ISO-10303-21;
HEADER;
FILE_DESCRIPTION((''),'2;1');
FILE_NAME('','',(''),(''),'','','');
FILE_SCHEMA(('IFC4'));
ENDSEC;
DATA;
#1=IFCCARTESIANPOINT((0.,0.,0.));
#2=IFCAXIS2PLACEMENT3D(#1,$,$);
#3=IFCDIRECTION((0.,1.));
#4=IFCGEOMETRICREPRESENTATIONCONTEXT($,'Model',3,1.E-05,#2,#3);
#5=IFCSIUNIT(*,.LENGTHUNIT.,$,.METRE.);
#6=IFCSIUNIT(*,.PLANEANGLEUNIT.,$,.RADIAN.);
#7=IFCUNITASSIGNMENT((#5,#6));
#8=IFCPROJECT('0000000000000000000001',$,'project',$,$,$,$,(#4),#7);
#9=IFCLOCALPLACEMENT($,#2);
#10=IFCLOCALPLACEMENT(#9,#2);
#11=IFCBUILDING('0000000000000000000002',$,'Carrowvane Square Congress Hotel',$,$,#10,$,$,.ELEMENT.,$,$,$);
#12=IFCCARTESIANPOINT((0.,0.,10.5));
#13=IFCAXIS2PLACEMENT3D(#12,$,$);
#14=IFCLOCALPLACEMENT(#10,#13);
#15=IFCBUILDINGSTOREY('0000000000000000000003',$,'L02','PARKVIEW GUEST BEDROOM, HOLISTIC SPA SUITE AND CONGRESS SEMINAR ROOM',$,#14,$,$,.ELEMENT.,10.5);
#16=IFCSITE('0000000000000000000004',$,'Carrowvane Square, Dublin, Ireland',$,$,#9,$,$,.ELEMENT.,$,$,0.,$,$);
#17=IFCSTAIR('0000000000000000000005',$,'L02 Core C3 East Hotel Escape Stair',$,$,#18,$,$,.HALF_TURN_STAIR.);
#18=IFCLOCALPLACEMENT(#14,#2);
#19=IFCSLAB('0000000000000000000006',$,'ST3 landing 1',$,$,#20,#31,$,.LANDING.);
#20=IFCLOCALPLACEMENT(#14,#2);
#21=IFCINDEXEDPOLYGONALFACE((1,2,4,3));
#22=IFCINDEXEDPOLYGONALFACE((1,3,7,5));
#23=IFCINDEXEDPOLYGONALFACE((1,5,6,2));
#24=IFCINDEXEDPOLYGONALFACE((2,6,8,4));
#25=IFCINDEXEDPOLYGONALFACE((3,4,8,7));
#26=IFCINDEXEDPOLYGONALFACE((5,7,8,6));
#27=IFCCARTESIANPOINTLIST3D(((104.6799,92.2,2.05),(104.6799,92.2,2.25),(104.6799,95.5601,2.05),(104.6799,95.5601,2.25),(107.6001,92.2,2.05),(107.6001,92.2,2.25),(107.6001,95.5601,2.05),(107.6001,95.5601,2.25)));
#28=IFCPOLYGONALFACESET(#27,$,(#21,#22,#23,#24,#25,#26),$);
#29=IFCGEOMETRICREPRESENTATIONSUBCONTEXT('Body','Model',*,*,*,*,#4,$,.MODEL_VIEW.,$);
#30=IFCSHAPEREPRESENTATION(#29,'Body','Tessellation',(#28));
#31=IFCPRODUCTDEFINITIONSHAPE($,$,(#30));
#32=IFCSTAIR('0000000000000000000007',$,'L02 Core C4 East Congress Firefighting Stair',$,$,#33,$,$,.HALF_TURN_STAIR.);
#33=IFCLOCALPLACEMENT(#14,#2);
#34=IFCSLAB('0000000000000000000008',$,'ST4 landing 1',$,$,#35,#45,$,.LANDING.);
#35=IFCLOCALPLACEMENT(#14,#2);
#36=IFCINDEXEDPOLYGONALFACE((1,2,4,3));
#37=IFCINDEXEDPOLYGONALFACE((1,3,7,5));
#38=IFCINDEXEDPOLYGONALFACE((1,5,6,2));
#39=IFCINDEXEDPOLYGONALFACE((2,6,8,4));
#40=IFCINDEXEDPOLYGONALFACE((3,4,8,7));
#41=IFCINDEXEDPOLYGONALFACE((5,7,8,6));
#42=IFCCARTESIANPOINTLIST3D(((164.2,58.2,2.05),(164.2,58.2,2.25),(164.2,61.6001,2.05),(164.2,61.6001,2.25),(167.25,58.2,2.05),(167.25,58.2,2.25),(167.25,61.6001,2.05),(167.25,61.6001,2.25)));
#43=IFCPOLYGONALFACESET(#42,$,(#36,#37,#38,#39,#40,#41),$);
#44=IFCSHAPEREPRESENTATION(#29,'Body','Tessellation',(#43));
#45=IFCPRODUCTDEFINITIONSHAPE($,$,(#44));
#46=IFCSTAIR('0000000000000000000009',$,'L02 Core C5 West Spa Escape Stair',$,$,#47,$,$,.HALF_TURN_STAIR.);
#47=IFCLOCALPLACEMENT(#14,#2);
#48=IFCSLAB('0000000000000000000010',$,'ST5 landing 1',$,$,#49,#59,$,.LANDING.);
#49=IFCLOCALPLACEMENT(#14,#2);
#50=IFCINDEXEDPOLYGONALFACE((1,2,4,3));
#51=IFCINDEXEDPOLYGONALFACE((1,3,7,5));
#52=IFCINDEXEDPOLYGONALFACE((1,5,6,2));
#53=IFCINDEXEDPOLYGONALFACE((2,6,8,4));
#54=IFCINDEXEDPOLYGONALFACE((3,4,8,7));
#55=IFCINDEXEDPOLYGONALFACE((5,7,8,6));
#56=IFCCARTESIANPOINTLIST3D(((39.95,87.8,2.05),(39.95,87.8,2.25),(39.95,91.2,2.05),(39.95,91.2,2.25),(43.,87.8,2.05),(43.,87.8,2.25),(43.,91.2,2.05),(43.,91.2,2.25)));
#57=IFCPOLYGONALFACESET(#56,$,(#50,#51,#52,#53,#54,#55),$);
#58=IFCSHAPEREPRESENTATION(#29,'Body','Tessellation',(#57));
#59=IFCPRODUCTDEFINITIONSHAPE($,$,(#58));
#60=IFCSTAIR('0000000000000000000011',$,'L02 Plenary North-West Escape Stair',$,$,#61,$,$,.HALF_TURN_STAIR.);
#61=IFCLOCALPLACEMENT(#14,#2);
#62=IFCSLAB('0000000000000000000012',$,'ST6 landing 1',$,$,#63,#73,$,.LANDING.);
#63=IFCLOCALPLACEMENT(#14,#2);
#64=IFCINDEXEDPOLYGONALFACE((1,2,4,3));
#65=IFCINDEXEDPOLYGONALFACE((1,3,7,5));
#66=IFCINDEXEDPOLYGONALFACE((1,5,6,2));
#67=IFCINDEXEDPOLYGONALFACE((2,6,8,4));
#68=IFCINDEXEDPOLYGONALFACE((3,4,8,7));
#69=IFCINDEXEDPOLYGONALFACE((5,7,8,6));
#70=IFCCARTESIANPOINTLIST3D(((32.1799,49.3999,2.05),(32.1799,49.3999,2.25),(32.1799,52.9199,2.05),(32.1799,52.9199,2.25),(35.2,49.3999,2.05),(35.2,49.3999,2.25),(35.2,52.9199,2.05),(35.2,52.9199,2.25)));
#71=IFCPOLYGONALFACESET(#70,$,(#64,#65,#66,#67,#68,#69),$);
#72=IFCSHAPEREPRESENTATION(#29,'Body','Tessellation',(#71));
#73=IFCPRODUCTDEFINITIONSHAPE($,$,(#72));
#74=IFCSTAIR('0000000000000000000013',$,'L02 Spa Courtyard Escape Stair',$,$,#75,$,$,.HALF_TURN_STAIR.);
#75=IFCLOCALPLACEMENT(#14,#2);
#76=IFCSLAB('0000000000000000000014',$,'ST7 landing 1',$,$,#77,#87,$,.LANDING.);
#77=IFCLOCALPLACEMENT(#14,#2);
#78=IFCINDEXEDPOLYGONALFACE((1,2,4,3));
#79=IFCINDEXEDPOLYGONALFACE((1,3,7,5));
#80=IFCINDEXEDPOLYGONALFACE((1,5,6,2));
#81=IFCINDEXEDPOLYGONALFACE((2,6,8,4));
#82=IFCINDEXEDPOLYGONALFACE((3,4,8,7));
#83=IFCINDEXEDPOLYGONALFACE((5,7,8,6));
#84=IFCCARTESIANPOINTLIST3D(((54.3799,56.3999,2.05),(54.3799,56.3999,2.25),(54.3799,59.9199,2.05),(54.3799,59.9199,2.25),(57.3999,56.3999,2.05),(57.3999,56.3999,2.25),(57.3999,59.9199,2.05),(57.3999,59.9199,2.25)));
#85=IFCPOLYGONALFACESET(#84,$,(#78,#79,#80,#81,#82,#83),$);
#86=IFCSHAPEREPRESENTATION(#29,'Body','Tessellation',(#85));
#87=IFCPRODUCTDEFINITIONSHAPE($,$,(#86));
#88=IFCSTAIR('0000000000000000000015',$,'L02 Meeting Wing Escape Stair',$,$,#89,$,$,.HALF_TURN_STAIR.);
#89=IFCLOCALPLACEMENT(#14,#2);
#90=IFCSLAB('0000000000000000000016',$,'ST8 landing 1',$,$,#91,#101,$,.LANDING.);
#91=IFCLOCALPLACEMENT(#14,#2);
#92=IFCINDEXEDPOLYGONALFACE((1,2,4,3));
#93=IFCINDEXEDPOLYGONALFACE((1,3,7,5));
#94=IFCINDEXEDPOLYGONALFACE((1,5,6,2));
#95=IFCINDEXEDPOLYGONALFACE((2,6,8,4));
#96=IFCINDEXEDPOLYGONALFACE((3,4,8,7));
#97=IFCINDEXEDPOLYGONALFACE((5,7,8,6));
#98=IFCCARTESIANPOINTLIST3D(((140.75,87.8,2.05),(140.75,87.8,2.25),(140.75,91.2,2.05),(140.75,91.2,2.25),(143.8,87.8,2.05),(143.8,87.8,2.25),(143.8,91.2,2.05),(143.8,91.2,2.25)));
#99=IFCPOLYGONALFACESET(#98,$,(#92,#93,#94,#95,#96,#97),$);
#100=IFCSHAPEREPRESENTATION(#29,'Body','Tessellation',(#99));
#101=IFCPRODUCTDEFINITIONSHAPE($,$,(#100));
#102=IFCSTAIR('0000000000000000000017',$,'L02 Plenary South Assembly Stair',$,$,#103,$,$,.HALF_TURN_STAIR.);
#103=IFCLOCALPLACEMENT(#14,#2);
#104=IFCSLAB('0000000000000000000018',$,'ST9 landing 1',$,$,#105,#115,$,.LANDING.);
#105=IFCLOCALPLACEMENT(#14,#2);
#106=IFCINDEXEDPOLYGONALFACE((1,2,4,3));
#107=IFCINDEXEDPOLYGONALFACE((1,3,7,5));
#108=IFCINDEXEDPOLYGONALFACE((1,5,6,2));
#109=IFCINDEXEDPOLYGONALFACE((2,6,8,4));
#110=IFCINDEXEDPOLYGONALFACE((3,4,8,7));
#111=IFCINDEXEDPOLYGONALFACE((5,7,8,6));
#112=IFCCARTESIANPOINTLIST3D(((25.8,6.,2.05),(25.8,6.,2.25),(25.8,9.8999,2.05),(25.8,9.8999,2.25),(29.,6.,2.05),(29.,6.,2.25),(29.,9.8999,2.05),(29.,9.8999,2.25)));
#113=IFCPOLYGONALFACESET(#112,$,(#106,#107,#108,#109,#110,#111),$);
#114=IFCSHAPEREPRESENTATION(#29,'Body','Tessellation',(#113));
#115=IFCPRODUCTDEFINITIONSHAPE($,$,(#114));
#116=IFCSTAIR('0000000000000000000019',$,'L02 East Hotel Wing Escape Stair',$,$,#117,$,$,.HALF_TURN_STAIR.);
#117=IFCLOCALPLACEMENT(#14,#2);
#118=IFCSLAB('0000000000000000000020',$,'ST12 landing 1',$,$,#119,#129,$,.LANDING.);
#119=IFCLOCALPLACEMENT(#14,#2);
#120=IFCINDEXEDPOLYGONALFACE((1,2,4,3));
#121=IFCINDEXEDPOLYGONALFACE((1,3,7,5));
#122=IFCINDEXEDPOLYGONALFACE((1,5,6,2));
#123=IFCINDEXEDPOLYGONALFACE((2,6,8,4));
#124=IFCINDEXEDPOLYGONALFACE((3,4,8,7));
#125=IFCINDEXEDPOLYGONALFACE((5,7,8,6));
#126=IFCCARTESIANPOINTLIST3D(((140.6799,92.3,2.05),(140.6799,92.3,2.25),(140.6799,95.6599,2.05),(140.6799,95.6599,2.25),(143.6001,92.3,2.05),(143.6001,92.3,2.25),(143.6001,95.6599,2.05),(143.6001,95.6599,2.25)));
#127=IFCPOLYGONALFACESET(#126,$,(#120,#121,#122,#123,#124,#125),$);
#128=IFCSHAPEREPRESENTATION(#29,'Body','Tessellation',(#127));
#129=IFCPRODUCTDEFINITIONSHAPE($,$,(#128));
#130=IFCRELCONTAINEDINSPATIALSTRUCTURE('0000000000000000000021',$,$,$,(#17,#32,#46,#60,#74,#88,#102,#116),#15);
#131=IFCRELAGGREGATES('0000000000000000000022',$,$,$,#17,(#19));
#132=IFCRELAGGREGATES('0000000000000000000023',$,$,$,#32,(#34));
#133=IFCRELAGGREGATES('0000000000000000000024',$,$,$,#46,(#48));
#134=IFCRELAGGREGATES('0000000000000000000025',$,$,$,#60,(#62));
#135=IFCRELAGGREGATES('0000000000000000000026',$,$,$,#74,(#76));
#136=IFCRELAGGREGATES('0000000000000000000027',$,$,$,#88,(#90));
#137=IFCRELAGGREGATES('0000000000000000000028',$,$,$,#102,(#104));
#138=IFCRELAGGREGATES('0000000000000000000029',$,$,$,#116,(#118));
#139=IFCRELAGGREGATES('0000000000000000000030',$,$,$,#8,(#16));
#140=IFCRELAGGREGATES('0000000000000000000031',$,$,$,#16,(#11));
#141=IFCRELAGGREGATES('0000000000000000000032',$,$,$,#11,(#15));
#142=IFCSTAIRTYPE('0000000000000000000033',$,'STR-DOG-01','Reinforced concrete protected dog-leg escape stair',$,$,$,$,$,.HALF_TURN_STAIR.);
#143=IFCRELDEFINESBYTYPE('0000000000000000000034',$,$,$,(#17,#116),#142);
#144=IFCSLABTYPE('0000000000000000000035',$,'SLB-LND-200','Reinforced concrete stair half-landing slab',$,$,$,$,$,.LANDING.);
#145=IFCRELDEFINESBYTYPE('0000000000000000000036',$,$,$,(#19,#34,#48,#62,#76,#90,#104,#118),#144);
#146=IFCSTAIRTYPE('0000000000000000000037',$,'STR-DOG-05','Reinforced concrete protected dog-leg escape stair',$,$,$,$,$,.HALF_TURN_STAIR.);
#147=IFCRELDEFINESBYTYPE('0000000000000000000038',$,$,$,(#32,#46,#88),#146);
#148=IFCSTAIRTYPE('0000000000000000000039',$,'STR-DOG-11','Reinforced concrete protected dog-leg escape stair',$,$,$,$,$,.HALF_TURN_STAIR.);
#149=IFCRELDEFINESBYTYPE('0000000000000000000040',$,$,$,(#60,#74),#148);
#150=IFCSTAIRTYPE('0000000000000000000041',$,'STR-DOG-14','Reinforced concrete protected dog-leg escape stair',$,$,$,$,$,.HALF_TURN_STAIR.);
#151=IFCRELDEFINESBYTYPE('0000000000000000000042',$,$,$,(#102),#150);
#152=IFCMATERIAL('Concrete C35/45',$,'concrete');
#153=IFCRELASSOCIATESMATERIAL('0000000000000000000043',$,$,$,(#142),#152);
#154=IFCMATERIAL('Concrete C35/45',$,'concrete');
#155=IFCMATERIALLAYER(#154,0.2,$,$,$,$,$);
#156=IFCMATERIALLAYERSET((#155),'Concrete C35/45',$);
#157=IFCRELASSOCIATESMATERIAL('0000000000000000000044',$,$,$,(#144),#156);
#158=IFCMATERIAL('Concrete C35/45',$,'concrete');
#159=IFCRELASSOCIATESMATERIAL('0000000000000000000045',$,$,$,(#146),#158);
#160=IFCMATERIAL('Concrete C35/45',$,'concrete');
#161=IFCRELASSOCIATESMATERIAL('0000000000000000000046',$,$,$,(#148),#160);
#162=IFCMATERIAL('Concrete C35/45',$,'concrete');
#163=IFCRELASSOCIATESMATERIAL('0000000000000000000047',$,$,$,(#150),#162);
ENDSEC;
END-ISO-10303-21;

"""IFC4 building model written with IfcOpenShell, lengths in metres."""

from ifc_helpers import new_model, si_unit, direction, frame, origin, place, context, subcontext, project, spatial, polyline, outline, extrude, material, layer, layer_set, type_object, element, aggregate, save


model = new_model("IFC4")

# Units and contexts
model_context = context("Model", 3, precision=1e-05, world=origin(), true_north=direction((0.0, 1.0)))
body_context = subcontext(model_context, "Body", "Model", "MODEL_VIEW")
ifc_project = project(units=[si_unit("LENGTHUNIT", "METRE"), si_unit("PLANEANGLEUNIT", "RADIAN")], contexts=[model_context])

# Site, building, storey
site_placement = place(None, origin())
site = spatial("IfcSite", under=ifc_project, at=site_placement, Name="Carrowvane Square, Dublin, Ireland", CompositionType="ELEMENT", RefElevation=0.0)
building_placement = place(site_placement, origin())
building = spatial("IfcBuilding", under=site, at=building_placement, Name="Carrowvane Square Congress Hotel", CompositionType="ELEMENT")
storey_placement = place(building_placement, frame((0.0, 0.0, 10.5)))
storey = spatial("IfcBuildingStorey", under=building, at=storey_placement, Name="L02", Description="PARKVIEW GUEST BEDROOM, HOLISTIC SPA SUITE AND CONGRESS SEMINAR ROOM", CompositionType="ELEMENT", Elevation=10.5)

# Stairs, slabs
ifc_material_1 = material(Name="Concrete C35/45", Category="concrete")
stair_type_1 = type_object("IfcStairType", Name="STR-DOG-01", Description="Reinforced concrete protected dog-leg escape stair", PredefinedType="HALF_TURN_STAIR", material=ifc_material_1)
ifc_material_2 = material(Name="Concrete C35/45", Category="concrete")
ifc_layer_1 = layer(ifc_material_2, 0.2)
ifc_layer_set_1 = layer_set([ifc_layer_1], Name="Concrete C35/45")
slab_type_1 = type_object("IfcSlabType", Name="SLB-LND-200", Description="Reinforced concrete stair half-landing slab", PredefinedType="LANDING", material=ifc_layer_set_1)
stair_1_placement = place(storey_placement, origin())
stair_1 = element("IfcStair", 1, at=stair_1_placement, inside=storey, type_object=stair_type_1, Name="L02 Core C3 East Hotel Escape Stair", PredefinedType="HALF_TURN_STAIR")
slab_1_placement = place(storey_placement, frame((0.0, 0.0, 2.05)))
slab_1 = element("IfcSlab", 2, at=slab_1_placement, type_object=slab_type_1, Name="ST3 landing 1", PredefinedType="LANDING", context=body_context, shape_type="SweptSolid", body=[
    extrude(outline(polyline([(104.6799, 92.2), (107.6001, 92.2), (107.6001, 95.5601), (104.6799, 95.5601), (104.6799, 92.2)])), origin(), (0.0, 0.0, 1.0), 0.2),
])
aggregate(stair_1, [slab_1])
ifc_material_3 = material(Name="Concrete C35/45", Category="concrete")
stair_type_2 = type_object("IfcStairType", Name="STR-DOG-05", Description="Reinforced concrete protected dog-leg escape stair", PredefinedType="HALF_TURN_STAIR", material=ifc_material_3)
stair_2_placement = place(storey_placement, origin())
stair_2 = element("IfcStair", 3, at=stair_2_placement, inside=storey, type_object=stair_type_2, Name="L02 Core C4 East Congress Firefighting Stair", PredefinedType="HALF_TURN_STAIR")
slab_2_placement = place(storey_placement, frame((0.0, 0.0, 2.05)))
slab_2 = element("IfcSlab", 4, at=slab_2_placement, type_object=slab_type_1, Name="ST4 landing 1", PredefinedType="LANDING", context=body_context, shape_type="SweptSolid", body=[
    extrude(outline(polyline([(167.25, 61.6001), (164.2, 61.6001), (164.2, 58.2), (167.25, 58.2), (167.25, 61.6001)])), origin(), (0.0, 0.0, 1.0), 0.2),
])
aggregate(stair_2, [slab_2])
stair_3_placement = place(storey_placement, origin())
stair_3 = element("IfcStair", 5, at=stair_3_placement, inside=storey, type_object=stair_type_2, Name="L02 Core C5 West Spa Escape Stair", PredefinedType="HALF_TURN_STAIR")
slab_3_placement = place(storey_placement, frame((0.0, 0.0, 2.05)))
slab_3 = element("IfcSlab", 6, at=slab_3_placement, type_object=slab_type_1, Name="ST5 landing 1", PredefinedType="LANDING", context=body_context, shape_type="SweptSolid", body=[
    extrude(outline(polyline([(39.95, 87.8), (43.0, 87.8), (43.0, 91.2), (39.95, 91.2), (39.95, 87.8)])), origin(), (0.0, 0.0, 1.0), 0.2),
])
aggregate(stair_3, [slab_3])
ifc_material_4 = material(Name="Concrete C35/45", Category="concrete")
stair_type_3 = type_object("IfcStairType", Name="STR-DOG-11", Description="Reinforced concrete protected dog-leg escape stair", PredefinedType="HALF_TURN_STAIR", material=ifc_material_4)
stair_4_placement = place(storey_placement, origin())
stair_4 = element("IfcStair", 7, at=stair_4_placement, inside=storey, type_object=stair_type_3, Name="L02 Plenary North-West Escape Stair", PredefinedType="HALF_TURN_STAIR")
slab_4_placement = place(storey_placement, frame((0.0, 0.0, 2.05)))
slab_4 = element("IfcSlab", 8, at=slab_4_placement, type_object=slab_type_1, Name="ST6 landing 1", PredefinedType="LANDING", context=body_context, shape_type="SweptSolid", body=[
    extrude(outline(polyline([(32.1799, 49.3999), (35.2, 49.3999), (35.2, 52.9199), (32.1799, 52.9199), (32.1799, 49.3999)])), origin(), (0.0, 0.0, 1.0), 0.2),
])
aggregate(stair_4, [slab_4])
stair_5_placement = place(storey_placement, origin())
stair_5 = element("IfcStair", 9, at=stair_5_placement, inside=storey, type_object=stair_type_3, Name="L02 Spa Courtyard Escape Stair", PredefinedType="HALF_TURN_STAIR")
slab_5_placement = place(storey_placement, frame((0.0, 0.0, 2.05)))
slab_5 = element("IfcSlab", 10, at=slab_5_placement, type_object=slab_type_1, Name="ST7 landing 1", PredefinedType="LANDING", context=body_context, shape_type="SweptSolid", body=[
    extrude(outline(polyline([(54.3799, 56.3999), (57.3999, 56.3999), (57.3999, 59.9199), (54.3799, 59.9199), (54.3799, 56.3999)])), origin(), (0.0, 0.0, 1.0), 0.2),
])
aggregate(stair_5, [slab_5])
stair_6_placement = place(storey_placement, origin())
stair_6 = element("IfcStair", 11, at=stair_6_placement, inside=storey, type_object=stair_type_2, Name="L02 Meeting Wing Escape Stair", PredefinedType="HALF_TURN_STAIR")
slab_6_placement = place(storey_placement, frame((0.0, 0.0, 2.05)))
slab_6 = element("IfcSlab", 12, at=slab_6_placement, type_object=slab_type_1, Name="ST8 landing 1", PredefinedType="LANDING", context=body_context, shape_type="SweptSolid", body=[
    extrude(outline(polyline([(140.75, 87.8), (143.8, 87.8), (143.8, 91.2), (140.75, 91.2), (140.75, 87.8)])), origin(), (0.0, 0.0, 1.0), 0.2),
])
aggregate(stair_6, [slab_6])
ifc_material_5 = material(Name="Concrete C35/45", Category="concrete")
stair_type_4 = type_object("IfcStairType", Name="STR-DOG-14", Description="Reinforced concrete protected dog-leg escape stair", PredefinedType="HALF_TURN_STAIR", material=ifc_material_5)
stair_7_placement = place(storey_placement, origin())
stair_7 = element("IfcStair", 13, at=stair_7_placement, inside=storey, type_object=stair_type_4, Name="L02 Plenary South Assembly Stair", PredefinedType="HALF_TURN_STAIR")
slab_7_placement = place(storey_placement, frame((0.0, 0.0, 2.05)))
slab_7 = element("IfcSlab", 14, at=slab_7_placement, type_object=slab_type_1, Name="ST9 landing 1", PredefinedType="LANDING", context=body_context, shape_type="SweptSolid", body=[
    extrude(outline(polyline([(25.8, 6.0), (29.0, 6.0), (29.0, 9.8999), (25.8, 9.8999), (25.8, 6.0)])), origin(), (0.0, 0.0, 1.0), 0.2),
])
aggregate(stair_7, [slab_7])
stair_8_placement = place(storey_placement, origin())
stair_8 = element("IfcStair", 15, at=stair_8_placement, inside=storey, type_object=stair_type_1, Name="L02 East Hotel Wing Escape Stair", PredefinedType="HALF_TURN_STAIR")
slab_8_placement = place(storey_placement, frame((0.0, 0.0, 2.05)))
slab_8 = element("IfcSlab", 16, at=slab_8_placement, type_object=slab_type_1, Name="ST12 landing 1", PredefinedType="LANDING", context=body_context, shape_type="SweptSolid", body=[
    extrude(outline(polyline([(140.6799, 92.3), (143.6001, 92.3), (143.6001, 95.6599), (140.6799, 95.6599), (140.6799, 92.3)])), origin(), (0.0, 0.0, 1.0), 0.2),
])
aggregate(stair_8, [slab_8])

save(model, "model.ifc")
